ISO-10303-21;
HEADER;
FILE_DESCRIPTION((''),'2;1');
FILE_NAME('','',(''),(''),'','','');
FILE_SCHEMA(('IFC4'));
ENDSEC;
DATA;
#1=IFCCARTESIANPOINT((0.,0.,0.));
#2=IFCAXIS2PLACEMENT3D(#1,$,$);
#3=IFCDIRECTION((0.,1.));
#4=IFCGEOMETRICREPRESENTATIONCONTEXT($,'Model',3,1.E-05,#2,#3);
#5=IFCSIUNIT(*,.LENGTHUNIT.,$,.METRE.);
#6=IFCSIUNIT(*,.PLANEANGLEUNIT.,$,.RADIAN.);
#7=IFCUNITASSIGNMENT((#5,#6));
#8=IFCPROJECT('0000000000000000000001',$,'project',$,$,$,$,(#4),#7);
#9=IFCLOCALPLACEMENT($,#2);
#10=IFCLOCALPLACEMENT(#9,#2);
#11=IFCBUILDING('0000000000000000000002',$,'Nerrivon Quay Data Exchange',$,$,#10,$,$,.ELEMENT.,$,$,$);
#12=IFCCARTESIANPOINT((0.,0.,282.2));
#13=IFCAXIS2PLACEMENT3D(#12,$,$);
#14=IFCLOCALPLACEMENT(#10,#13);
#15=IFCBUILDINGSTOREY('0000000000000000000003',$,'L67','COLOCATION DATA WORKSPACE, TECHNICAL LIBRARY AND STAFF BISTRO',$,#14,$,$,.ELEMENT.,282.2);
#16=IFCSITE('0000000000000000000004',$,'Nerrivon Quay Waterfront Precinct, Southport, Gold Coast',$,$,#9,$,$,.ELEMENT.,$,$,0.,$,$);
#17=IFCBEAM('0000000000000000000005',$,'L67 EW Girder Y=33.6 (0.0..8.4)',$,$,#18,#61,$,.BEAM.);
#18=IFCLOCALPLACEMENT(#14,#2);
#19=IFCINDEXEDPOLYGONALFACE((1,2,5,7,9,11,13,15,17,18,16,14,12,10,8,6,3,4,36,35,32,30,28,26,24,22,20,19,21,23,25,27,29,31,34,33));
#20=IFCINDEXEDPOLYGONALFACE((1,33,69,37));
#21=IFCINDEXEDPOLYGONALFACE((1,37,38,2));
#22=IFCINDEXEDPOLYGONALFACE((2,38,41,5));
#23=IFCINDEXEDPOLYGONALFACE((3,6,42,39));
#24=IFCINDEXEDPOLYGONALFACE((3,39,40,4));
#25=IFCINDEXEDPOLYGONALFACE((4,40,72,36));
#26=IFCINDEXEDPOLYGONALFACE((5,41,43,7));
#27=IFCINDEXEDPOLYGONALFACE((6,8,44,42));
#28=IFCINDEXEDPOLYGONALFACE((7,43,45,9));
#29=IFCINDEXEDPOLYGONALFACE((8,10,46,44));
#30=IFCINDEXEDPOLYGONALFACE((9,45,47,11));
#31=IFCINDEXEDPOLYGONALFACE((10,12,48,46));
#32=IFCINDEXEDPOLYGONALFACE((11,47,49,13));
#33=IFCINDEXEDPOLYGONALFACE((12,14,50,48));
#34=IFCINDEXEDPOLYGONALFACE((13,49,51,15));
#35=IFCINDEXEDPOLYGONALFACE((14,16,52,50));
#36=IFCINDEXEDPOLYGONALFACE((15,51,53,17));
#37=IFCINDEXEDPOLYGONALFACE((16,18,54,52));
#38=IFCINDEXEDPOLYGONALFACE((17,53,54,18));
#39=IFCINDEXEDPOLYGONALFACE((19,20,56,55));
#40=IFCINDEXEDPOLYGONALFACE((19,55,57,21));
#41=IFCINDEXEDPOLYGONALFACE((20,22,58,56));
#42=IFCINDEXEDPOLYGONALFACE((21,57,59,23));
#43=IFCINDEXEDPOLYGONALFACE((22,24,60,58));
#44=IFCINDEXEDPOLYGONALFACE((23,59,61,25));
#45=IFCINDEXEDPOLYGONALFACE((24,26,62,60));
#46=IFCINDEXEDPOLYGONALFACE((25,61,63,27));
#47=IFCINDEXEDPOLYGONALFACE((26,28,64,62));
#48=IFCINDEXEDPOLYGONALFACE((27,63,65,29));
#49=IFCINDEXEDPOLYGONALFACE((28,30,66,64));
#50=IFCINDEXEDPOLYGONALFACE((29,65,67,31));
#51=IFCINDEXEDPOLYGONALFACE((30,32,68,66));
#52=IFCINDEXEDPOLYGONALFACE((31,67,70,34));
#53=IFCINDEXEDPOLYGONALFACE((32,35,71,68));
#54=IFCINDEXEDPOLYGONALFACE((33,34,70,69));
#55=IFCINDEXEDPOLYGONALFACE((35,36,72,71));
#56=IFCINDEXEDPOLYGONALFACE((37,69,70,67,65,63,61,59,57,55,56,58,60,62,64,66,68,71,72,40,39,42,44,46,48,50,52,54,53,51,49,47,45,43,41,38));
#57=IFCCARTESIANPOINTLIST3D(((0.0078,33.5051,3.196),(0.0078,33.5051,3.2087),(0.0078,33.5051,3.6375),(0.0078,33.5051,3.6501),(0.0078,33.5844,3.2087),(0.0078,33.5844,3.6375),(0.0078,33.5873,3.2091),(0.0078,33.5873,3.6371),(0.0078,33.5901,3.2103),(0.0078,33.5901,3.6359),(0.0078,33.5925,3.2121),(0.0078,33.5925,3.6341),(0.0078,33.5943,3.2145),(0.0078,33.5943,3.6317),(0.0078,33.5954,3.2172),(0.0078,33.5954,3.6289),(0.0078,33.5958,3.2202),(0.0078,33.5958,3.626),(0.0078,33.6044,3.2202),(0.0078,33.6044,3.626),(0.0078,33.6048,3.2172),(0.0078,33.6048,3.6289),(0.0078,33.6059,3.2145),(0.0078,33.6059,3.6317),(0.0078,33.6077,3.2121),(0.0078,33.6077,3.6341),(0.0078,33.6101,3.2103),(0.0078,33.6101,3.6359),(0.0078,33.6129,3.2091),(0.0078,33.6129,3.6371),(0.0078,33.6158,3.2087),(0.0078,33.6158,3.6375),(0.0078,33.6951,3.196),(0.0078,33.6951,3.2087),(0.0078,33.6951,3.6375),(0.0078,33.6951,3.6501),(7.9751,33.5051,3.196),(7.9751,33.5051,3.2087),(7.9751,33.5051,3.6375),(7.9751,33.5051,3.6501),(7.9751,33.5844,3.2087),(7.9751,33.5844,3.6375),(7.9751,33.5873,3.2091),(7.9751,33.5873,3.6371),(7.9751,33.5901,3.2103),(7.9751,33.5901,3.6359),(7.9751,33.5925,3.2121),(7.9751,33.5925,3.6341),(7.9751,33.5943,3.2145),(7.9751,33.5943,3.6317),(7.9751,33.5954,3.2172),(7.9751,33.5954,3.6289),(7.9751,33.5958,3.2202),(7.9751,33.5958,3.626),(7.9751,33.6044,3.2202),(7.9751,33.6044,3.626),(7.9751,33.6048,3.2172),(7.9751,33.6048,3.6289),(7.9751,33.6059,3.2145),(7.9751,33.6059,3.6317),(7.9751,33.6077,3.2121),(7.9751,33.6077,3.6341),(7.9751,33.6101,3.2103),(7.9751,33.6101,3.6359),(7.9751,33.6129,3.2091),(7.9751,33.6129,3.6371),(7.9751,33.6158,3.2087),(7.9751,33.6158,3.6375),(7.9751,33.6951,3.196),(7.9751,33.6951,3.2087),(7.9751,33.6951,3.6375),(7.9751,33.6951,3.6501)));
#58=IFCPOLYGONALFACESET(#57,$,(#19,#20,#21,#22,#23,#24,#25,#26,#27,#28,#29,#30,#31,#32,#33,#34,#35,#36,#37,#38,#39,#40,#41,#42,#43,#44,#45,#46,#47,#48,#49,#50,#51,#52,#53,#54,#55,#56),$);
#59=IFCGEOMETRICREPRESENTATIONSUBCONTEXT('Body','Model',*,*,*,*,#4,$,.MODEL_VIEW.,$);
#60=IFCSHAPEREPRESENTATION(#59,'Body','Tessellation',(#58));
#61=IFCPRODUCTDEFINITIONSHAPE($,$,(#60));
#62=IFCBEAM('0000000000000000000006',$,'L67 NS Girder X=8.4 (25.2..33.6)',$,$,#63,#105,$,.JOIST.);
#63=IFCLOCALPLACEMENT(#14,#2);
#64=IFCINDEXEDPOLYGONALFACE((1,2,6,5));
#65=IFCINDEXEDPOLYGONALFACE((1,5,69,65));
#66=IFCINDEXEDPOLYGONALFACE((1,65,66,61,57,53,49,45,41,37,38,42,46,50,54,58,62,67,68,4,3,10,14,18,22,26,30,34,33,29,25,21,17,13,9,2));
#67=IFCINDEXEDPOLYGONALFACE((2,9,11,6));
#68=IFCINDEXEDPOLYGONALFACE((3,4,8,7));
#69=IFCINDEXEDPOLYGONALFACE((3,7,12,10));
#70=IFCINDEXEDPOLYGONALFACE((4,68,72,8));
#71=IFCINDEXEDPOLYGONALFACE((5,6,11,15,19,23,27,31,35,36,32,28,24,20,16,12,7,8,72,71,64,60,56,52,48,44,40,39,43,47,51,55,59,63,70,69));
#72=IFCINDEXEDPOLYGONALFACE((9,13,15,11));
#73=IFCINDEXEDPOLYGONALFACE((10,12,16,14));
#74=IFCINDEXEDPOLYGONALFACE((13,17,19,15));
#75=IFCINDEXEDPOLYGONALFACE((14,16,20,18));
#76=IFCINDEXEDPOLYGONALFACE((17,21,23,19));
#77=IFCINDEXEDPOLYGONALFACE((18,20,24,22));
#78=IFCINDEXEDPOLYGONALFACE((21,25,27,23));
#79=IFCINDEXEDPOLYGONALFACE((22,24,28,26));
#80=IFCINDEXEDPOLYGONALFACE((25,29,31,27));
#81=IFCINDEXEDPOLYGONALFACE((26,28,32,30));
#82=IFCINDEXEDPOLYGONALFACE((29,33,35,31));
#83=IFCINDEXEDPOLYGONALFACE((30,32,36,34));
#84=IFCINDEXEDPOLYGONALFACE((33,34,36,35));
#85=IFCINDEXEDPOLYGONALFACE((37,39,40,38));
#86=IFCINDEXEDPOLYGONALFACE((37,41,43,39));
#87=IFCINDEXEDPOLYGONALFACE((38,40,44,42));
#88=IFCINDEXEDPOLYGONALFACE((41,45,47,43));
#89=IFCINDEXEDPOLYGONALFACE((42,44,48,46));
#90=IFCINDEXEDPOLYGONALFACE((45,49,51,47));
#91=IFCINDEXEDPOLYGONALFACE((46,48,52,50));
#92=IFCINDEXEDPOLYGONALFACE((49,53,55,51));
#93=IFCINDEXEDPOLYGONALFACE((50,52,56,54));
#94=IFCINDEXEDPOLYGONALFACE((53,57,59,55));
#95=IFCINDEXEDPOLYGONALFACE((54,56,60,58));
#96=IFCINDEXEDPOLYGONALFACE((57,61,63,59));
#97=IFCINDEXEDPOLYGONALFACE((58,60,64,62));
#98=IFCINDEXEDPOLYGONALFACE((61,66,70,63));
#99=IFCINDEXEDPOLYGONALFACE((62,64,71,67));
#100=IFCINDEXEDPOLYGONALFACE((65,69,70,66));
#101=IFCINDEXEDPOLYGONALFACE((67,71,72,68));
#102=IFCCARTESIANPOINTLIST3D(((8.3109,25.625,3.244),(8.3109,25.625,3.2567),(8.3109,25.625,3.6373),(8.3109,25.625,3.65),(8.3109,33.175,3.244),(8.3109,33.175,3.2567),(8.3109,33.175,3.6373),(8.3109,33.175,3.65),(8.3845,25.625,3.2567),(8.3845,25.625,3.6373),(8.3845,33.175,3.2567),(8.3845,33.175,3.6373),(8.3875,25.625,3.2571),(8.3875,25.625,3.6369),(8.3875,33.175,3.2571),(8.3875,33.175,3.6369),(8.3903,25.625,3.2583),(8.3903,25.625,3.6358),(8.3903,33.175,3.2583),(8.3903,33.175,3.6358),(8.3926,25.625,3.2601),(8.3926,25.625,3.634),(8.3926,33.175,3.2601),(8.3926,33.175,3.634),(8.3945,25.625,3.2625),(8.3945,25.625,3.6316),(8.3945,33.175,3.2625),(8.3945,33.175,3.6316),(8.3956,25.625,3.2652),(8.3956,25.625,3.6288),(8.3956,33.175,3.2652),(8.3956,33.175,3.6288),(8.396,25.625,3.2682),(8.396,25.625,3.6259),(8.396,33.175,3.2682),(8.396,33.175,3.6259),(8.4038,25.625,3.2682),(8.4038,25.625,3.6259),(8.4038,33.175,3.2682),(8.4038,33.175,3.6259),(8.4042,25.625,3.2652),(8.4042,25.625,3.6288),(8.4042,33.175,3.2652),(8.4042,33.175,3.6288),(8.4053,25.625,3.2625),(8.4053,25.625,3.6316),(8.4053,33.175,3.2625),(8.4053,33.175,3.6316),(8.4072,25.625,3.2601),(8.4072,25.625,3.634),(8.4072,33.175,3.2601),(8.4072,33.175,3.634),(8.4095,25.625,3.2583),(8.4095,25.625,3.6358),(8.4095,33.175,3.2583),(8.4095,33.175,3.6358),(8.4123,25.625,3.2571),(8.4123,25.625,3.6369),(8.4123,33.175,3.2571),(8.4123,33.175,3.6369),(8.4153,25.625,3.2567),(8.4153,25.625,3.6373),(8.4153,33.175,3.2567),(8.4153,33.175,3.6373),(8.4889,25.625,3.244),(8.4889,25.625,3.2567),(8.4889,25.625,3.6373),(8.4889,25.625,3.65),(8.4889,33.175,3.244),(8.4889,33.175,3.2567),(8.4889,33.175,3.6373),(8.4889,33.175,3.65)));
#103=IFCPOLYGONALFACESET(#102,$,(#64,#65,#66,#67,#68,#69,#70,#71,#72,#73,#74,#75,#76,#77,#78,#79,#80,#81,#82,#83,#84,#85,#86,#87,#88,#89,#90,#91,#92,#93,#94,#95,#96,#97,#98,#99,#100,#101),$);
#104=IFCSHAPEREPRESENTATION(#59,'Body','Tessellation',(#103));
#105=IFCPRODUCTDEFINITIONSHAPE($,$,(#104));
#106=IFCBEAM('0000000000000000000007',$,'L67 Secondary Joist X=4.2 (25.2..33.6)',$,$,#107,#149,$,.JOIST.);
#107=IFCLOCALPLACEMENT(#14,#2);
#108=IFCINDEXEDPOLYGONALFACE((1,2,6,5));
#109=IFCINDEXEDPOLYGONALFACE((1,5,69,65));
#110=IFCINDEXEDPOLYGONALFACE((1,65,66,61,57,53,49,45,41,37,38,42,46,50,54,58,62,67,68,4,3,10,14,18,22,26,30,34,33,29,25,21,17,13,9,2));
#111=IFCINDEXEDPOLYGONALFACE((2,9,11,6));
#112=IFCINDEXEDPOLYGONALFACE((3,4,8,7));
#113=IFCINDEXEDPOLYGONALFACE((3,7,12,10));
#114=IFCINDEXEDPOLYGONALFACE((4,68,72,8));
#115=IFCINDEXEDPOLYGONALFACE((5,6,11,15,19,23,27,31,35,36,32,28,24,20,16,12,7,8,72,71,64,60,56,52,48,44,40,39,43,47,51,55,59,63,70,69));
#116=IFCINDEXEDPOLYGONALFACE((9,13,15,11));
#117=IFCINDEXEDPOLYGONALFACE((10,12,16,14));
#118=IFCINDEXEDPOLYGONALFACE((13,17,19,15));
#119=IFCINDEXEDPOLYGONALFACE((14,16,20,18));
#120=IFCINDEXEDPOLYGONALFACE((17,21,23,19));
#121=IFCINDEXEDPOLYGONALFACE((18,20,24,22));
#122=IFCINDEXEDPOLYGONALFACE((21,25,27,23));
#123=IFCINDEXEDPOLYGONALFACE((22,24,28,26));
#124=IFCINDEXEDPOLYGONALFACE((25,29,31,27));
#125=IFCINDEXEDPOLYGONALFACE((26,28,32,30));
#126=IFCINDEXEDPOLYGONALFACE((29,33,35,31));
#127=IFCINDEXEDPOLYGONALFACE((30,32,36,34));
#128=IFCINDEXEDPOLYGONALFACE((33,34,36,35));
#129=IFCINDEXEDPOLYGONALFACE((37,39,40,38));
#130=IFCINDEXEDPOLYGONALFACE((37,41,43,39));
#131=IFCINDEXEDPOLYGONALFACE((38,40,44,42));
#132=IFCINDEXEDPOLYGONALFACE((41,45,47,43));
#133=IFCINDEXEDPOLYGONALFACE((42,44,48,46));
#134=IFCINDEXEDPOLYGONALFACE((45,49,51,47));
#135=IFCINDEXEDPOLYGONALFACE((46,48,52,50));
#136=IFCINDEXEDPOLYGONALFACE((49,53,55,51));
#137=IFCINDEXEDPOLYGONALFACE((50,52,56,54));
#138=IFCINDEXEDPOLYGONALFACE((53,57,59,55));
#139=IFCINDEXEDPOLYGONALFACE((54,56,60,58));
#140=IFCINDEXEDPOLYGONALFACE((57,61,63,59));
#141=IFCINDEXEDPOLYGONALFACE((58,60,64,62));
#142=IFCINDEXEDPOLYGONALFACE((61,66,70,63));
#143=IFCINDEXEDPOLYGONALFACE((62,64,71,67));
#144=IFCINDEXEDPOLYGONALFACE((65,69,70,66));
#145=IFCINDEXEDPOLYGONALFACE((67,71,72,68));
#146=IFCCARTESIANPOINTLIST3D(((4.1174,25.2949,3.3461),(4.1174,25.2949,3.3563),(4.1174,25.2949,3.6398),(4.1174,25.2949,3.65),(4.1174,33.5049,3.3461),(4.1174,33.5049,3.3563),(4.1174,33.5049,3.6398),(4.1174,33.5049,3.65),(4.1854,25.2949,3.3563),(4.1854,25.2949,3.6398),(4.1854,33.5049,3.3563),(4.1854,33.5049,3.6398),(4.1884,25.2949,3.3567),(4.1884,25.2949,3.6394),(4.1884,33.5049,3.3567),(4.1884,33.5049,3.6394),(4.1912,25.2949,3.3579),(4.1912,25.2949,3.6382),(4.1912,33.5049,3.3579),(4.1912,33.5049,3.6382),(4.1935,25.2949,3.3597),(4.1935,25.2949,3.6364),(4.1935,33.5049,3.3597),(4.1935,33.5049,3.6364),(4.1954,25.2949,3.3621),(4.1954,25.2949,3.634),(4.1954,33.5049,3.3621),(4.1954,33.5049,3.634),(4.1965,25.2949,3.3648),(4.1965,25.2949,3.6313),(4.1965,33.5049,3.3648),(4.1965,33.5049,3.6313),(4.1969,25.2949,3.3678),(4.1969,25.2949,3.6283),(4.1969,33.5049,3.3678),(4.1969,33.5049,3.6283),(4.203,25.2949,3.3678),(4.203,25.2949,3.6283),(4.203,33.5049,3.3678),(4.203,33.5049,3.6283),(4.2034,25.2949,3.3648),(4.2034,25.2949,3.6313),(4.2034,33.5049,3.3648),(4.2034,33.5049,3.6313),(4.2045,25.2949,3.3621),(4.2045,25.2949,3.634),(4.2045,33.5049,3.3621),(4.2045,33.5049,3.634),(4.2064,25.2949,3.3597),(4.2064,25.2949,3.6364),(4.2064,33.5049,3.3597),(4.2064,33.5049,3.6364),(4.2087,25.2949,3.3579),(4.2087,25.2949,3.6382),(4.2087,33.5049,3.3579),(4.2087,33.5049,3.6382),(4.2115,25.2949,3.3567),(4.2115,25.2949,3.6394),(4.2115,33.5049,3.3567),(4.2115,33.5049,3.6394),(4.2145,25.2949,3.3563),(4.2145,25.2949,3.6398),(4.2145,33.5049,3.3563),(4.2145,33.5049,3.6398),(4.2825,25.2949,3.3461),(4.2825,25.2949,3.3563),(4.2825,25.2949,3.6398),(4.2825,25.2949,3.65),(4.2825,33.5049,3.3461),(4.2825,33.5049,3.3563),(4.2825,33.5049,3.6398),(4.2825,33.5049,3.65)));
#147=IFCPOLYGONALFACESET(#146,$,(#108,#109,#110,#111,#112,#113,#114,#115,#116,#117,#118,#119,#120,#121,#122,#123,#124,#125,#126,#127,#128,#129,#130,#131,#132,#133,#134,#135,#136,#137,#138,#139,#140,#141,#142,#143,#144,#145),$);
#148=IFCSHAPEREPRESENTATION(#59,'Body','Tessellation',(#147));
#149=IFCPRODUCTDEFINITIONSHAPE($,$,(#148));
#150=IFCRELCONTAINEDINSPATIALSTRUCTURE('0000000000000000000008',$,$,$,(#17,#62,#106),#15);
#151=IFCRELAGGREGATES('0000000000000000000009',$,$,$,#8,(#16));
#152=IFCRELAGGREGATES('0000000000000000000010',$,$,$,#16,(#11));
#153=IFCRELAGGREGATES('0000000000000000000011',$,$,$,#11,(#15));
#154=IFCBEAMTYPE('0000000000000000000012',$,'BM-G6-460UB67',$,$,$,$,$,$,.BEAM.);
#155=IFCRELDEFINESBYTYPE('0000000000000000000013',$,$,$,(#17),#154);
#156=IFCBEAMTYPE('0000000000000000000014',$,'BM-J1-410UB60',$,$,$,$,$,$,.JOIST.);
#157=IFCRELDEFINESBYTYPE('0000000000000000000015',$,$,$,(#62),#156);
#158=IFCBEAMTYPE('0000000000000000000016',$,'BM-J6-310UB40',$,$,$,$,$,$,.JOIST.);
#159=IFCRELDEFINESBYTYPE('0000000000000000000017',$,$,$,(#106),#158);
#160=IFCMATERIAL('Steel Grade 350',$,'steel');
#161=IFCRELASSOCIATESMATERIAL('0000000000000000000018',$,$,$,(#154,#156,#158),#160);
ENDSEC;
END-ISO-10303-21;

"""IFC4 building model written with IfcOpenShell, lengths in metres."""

from ifc_helpers import new_model, si_unit, direction, frame, origin, origin_2d, place, context, subcontext, project, spatial, i_section, extrude, material, material_profile, profile_set, type_object, element, save


model = new_model("IFC4")

# Units and contexts
model_context = context("Model", 3, precision=1e-05, world=origin(), true_north=direction((0.0, 1.0)))
body_context = subcontext(model_context, "Body", "Model", "MODEL_VIEW")
ifc_project = project(units=[si_unit("LENGTHUNIT", "METRE"), si_unit("PLANEANGLEUNIT", "RADIAN")], contexts=[model_context])

# Site, building, storey
site_placement = place(None, origin())
site = spatial("IfcSite", under=ifc_project, at=site_placement, Name="Nerrivon Quay Waterfront Precinct, Southport, Gold Coast", CompositionType="ELEMENT", RefElevation=0.0)
building_placement = place(site_placement, origin())
building = spatial("IfcBuilding", under=site, at=building_placement, Name="Nerrivon Quay Data Exchange", CompositionType="ELEMENT")
storey_placement = place(building_placement, frame((0.0, 0.0, 282.2)))
storey = spatial("IfcBuildingStorey", under=building, at=storey_placement, Name="L67", Description="COLOCATION DATA WORKSPACE, TECHNICAL LIBRARY AND STAFF BISTRO", CompositionType="ELEMENT", Elevation=282.2)

# Shared definitions
ifc_material_1 = material(Name="Steel Grade 350", Category="steel")

# Beams
ifc_material_profile_1 = material_profile(ifc_material_1, i_section(OverallWidth=0.1899, OverallDepth=0.4541, WebThickness=0.0085, FlangeThickness=0.0127, FilletRadius=0.0115, at=origin_2d()), Name="460UB67.1")
ifc_profile_set_1 = profile_set([ifc_material_profile_1], Name="Steel Grade 350")
beam_type_1 = type_object("IfcBeamType", Name="BM-G6-460UB67", PredefinedType="BEAM", material=ifc_profile_set_1)
for number, where, z_axis, x_axis, name in (
    (1, (0.0078, 33.6001, 3.4231), (1.0, 0.0, 0.0), (0.0, 1.0, 0.0), "L67 EW Girder Y=33.6 (0.0..8.4)"),
):
    element("IfcBeam", number, at=place(storey_placement, frame(where, z_axis=z_axis, x_axis=x_axis)), inside=storey, type_object=beam_type_1, Name=name, PredefinedType="BEAM", context=body_context, shape_type="SweptSolid", body=[
        extrude(i_section(OverallWidth=0.1899, OverallDepth=0.4541, WebThickness=0.0085, FlangeThickness=0.0127, FilletRadius=0.0115, at=origin_2d()), origin(), (0.0, 0.0, 1.0), 7.9673),
    ])
ifc_material_profile_2 = material_profile(ifc_material_1, i_section(OverallWidth=0.178, OverallDepth=0.406, WebThickness=0.0078, FlangeThickness=0.0127, FilletRadius=0.0115, at=origin_2d()), Name="410UB59.7")
ifc_profile_set_2 = profile_set([ifc_material_profile_2], Name="Steel Grade 350")
beam_type_2 = type_object("IfcBeamType", Name="BM-J1-410UB60", PredefinedType="JOIST", material=ifc_profile_set_2)
beam_1_placement = place(storey_placement, frame((8.3999, 25.625, 3.447), z_axis=(0.0, 1.0, 0.0), x_axis=(-1.0, 0.0, 0.0)))
element("IfcBeam", 2, at=beam_1_placement, inside=storey, type_object=beam_type_2, Name="L67 NS Girder X=8.4 (25.2..33.6)", PredefinedType="JOIST", context=body_context, shape_type="SweptSolid", body=[
    extrude(i_section(OverallWidth=0.178, OverallDepth=0.406, WebThickness=0.0078, FlangeThickness=0.0127, FilletRadius=0.0115, at=origin_2d()), origin(), (0.0, 0.0, 1.0), 7.55),
])
ifc_material_profile_3 = material_profile(ifc_material_1, i_section(OverallWidth=0.165, OverallDepth=0.304, WebThickness=0.0061, FlangeThickness=0.0103, FilletRadius=0.0115, at=origin_2d()), Name="310UB40.4")
ifc_profile_set_3 = profile_set([ifc_material_profile_3], Name="Steel Grade 350")
beam_type_3 = type_object("IfcBeamType", Name="BM-J6-310UB40", PredefinedType="JOIST", material=ifc_profile_set_3)
beam_2_placement = place(storey_placement, frame((4.2, 25.2949, 3.498), z_axis=(0.0, 1.0, 0.0), x_axis=(-1.0, 0.0, 0.0)))
element("IfcBeam", 3, at=beam_2_placement, inside=storey, type_object=beam_type_3, Name="L67 Secondary Joist X=4.2 (25.2..33.6)", PredefinedType="JOIST", context=body_context, shape_type="SweptSolid", body=[
    extrude(i_section(OverallWidth=0.165, OverallDepth=0.304, WebThickness=0.0061, FlangeThickness=0.0103, FilletRadius=0.0115, at=origin_2d()), origin(), (0.0, 0.0, 1.0), 8.21),
])

save(model, "model.ifc")
